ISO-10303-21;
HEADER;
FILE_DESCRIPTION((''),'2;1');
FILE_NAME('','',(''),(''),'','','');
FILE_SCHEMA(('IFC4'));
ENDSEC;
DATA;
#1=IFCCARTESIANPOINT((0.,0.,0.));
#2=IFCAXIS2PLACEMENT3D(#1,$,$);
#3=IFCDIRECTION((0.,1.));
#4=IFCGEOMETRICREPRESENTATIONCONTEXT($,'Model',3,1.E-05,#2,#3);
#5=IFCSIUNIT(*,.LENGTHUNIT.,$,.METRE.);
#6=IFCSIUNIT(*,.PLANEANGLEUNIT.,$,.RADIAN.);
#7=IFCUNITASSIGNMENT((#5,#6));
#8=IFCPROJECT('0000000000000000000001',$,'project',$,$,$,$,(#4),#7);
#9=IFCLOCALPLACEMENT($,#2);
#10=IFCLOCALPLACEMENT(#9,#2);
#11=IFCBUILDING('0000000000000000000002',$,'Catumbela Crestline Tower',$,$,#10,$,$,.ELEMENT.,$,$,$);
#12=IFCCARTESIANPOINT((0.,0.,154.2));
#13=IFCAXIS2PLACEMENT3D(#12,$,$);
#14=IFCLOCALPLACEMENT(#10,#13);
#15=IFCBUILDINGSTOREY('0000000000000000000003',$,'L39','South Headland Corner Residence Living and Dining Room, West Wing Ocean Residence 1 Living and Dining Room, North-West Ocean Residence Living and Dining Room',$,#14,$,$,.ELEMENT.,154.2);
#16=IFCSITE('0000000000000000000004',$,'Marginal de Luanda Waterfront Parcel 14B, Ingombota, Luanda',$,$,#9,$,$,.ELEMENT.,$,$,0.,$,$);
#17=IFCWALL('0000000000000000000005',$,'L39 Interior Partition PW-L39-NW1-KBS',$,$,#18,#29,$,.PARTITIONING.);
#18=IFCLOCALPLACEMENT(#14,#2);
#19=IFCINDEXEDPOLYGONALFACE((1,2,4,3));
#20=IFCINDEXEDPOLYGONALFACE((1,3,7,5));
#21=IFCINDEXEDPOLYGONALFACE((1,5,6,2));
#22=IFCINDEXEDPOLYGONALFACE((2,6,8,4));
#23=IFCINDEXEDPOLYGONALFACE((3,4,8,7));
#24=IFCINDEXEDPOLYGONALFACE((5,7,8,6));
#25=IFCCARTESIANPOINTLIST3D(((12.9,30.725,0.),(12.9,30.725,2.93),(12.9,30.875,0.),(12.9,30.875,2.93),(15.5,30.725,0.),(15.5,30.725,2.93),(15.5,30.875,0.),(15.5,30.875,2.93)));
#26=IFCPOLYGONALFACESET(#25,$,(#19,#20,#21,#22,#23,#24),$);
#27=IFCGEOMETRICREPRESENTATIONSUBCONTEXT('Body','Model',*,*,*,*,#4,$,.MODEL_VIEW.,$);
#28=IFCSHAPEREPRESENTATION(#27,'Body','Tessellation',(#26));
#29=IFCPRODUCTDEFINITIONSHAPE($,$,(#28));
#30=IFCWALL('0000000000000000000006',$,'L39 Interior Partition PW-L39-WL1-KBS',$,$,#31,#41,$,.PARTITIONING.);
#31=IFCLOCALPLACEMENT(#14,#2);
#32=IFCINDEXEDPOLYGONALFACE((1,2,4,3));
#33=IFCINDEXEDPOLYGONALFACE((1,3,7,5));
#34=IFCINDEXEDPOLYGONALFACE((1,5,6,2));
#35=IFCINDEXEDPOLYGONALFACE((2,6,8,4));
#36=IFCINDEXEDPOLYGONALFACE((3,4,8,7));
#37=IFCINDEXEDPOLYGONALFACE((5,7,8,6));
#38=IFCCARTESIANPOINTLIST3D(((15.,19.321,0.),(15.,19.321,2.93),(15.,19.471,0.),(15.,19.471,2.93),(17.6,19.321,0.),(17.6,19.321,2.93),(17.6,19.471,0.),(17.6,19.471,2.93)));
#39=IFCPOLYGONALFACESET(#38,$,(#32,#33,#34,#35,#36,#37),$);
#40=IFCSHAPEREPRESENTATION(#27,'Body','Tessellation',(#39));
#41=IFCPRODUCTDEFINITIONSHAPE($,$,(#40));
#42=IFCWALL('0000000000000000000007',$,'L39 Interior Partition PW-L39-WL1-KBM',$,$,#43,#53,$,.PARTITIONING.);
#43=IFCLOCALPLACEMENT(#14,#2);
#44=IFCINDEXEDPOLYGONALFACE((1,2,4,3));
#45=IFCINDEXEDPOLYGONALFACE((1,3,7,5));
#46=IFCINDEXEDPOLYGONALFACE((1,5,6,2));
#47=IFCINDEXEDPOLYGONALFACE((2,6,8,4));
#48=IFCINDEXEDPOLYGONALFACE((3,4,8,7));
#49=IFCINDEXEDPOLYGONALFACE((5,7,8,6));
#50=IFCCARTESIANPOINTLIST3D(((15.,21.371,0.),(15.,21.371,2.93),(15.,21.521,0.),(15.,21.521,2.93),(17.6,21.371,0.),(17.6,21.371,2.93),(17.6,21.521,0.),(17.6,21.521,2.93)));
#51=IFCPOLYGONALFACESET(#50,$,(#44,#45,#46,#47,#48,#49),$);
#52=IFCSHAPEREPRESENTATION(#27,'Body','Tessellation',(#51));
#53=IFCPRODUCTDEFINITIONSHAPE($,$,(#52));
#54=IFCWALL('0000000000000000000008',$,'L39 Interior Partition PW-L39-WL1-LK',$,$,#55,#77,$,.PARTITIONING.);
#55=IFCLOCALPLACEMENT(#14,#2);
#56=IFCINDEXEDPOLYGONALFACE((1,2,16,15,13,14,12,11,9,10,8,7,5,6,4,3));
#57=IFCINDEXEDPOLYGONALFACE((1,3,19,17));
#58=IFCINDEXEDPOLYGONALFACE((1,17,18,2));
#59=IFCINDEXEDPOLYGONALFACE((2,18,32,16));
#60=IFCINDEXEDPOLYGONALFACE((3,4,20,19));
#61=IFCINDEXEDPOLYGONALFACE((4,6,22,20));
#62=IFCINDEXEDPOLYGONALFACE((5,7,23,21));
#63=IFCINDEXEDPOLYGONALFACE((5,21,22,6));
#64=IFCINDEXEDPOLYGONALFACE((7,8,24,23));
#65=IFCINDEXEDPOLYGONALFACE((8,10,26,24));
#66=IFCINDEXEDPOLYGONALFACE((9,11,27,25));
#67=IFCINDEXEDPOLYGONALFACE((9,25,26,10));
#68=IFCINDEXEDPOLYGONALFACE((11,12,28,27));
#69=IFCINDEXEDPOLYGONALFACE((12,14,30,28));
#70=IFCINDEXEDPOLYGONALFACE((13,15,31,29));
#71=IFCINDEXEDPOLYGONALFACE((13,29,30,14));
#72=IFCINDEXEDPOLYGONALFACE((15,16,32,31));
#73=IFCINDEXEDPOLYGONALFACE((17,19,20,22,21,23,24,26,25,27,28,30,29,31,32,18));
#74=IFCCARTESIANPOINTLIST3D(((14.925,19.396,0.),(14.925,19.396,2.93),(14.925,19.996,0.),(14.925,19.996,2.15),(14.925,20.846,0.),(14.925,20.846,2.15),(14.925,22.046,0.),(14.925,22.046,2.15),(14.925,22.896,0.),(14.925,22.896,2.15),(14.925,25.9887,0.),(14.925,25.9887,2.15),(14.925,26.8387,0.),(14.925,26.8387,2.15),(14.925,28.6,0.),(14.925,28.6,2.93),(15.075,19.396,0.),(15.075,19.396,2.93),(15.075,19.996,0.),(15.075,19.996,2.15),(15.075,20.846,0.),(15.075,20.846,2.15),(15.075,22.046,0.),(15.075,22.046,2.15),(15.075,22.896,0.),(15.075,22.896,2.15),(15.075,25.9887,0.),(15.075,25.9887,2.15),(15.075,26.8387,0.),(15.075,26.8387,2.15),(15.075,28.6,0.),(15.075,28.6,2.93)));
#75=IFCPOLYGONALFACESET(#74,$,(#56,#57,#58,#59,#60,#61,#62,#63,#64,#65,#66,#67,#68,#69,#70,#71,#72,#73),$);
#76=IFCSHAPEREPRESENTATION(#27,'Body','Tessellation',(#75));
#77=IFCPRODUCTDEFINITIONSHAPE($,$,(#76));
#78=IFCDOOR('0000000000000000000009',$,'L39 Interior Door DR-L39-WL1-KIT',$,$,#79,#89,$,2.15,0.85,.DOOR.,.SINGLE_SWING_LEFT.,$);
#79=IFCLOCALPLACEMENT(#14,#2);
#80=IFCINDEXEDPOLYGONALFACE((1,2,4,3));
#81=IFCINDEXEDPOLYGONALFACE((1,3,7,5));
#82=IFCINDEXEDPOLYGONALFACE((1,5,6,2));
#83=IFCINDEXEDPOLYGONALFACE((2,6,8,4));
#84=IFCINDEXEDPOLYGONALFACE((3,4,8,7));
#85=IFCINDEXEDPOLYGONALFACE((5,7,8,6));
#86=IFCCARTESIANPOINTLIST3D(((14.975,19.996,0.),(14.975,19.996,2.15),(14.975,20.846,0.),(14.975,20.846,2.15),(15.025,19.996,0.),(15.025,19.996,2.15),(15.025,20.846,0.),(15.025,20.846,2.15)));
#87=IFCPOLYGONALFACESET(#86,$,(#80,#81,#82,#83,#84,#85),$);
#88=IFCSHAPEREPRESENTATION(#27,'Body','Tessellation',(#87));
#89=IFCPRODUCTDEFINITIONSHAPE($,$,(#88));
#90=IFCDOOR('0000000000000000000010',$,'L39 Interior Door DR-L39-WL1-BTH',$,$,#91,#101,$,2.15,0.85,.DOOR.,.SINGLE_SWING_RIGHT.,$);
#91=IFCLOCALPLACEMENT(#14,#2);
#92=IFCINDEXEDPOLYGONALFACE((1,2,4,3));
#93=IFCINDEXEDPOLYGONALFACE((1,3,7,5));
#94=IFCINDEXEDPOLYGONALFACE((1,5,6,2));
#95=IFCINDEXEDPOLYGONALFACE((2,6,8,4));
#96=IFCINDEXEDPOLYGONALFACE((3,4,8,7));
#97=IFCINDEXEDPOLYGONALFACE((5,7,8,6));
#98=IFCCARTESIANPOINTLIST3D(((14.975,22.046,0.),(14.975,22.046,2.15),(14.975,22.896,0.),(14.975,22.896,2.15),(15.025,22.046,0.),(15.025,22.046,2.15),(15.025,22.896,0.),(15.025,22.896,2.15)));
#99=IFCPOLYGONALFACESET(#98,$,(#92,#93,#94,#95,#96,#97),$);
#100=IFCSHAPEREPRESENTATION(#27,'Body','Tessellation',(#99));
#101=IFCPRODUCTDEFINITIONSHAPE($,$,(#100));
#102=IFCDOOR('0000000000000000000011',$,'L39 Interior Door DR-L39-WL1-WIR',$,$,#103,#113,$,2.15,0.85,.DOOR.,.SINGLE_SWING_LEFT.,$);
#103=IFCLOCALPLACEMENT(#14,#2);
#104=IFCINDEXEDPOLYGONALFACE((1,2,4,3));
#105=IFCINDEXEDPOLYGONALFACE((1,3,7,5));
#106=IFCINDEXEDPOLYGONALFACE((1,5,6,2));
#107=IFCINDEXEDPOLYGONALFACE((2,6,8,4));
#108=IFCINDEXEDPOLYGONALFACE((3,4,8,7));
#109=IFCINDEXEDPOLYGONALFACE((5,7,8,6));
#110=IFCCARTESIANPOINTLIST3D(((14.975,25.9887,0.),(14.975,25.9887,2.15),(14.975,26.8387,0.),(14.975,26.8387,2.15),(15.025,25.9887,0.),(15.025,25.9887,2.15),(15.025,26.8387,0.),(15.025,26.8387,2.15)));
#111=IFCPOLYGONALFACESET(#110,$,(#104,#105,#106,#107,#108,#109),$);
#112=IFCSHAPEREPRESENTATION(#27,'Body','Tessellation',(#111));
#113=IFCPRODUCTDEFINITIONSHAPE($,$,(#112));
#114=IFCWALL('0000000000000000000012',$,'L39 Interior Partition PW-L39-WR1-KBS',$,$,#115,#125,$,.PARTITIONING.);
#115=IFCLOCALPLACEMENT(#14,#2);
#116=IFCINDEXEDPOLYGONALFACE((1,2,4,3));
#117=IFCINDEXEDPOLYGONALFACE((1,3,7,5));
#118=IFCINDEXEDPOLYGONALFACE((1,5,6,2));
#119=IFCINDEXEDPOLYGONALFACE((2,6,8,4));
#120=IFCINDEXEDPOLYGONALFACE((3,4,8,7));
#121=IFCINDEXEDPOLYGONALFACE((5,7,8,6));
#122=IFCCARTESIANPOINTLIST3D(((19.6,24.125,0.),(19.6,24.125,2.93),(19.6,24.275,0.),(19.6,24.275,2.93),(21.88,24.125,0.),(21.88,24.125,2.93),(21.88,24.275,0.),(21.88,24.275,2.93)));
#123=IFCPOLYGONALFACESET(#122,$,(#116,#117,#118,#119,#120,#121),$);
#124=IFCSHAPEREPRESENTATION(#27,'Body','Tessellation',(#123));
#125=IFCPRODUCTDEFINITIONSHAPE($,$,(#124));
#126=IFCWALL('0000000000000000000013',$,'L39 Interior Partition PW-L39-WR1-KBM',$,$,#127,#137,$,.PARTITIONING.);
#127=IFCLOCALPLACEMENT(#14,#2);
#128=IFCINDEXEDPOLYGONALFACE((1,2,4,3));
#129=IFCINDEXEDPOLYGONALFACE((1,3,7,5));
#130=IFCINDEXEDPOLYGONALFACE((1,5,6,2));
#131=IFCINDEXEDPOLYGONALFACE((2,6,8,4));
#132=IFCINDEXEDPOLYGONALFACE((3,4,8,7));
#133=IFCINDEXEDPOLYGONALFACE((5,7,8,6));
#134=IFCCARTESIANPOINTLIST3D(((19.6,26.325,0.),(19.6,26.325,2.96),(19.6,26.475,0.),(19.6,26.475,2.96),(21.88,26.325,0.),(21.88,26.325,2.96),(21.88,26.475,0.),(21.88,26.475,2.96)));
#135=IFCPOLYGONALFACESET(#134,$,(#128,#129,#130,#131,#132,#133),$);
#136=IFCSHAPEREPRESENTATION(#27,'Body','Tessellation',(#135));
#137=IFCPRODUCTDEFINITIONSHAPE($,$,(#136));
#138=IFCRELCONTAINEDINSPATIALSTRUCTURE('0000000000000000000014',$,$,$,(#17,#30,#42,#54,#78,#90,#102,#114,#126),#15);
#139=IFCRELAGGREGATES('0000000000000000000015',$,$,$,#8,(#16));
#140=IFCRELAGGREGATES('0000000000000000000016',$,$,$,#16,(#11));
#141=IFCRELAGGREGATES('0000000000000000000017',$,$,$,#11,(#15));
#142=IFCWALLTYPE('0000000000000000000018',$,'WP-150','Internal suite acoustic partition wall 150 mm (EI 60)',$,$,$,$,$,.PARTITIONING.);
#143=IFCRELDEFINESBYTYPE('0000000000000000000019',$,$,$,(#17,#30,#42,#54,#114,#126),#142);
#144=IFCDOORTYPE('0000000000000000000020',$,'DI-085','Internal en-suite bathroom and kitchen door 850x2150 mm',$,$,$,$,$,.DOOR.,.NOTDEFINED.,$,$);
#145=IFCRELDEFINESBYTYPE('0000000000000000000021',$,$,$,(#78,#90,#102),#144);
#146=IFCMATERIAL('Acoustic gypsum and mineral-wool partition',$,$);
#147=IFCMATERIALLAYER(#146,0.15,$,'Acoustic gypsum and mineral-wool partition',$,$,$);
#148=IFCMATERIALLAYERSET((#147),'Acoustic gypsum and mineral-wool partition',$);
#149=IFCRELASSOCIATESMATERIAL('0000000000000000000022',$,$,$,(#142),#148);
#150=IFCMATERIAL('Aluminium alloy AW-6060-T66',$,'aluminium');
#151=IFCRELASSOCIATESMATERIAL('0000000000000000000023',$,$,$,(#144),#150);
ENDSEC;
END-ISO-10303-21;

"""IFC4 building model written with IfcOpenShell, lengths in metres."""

from ifc_helpers import new_model, si_unit, direction, frame, frame_2d, origin, place, context, subcontext, project, spatial, rectangle, extrude, material, layer, layer_set, type_object, element, fill, save


model = new_model("IFC4")

# Units and contexts
model_context = context("Model", 3, precision=1e-05, world=origin(), true_north=direction((0.0, 1.0)))
body_context = subcontext(model_context, "Body", "Model", "MODEL_VIEW")
ifc_project = project(units=[si_unit("LENGTHUNIT", "METRE"), si_unit("PLANEANGLEUNIT", "RADIAN")], contexts=[model_context])

# Site, building, storey
site_placement = place(None, origin())
site = spatial("IfcSite", under=ifc_project, at=site_placement, Name="Marginal de Luanda Waterfront Parcel 14B, Ingombota, Luanda", CompositionType="ELEMENT", RefElevation=0.0)
building_placement = place(site_placement, origin())
building = spatial("IfcBuilding", under=site, at=building_placement, Name="Catumbela Crestline Tower", CompositionType="ELEMENT")
storey_placement = place(building_placement, frame((0.0, 0.0, 154.2)))
storey = spatial("IfcBuildingStorey", under=building, at=storey_placement, Name="L39", Description="South Headland Corner Residence Living and Dining Room, West Wing Ocean Residence 1 Living and Dining Room, North-West Ocean Residence Living and Dining Room", CompositionType="ELEMENT", Elevation=154.2)

# Shared definitions
ifc_material_1 = material(Name="Acoustic gypsum and mineral-wool partition")

# Shared definitions
ifc_material_2 = material(Name="Aluminium alloy AW-6060-T66", Category="aluminium")

# Walls
ifc_layer_1 = layer(ifc_material_1, 0.15, Name="Acoustic gypsum and mineral-wool partition")
ifc_layer_set_1 = layer_set([ifc_layer_1], Name="Acoustic gypsum and mineral-wool partition")
wall_type_1 = type_object("IfcWallType", Name="WP-150", Description="Internal suite acoustic partition wall 150 mm (EI 60)", PredefinedType="PARTITIONING", material=ifc_layer_set_1)
for number, where, z_axis, x_axis, name in (
    (1, (12.9, 30.8, 0.0), (0.0, 0.0, 1.0), (1.0, 0.0, 0.0), "L39 Interior Partition PW-L39-NW1-KBS"),
    (2, (15.0, 19.396, 0.0), (0.0, 0.0, 1.0), (1.0, 0.0, 0.0), "L39 Interior Partition PW-L39-WL1-KBS"),
    (3, (15.0, 21.446, 0.0), (0.0, 0.0, 1.0), (1.0, 0.0, 0.0), "L39 Interior Partition PW-L39-WL1-KBM"),
):
    element("IfcWall", number, at=place(storey_placement, frame(where, z_axis=z_axis, x_axis=x_axis)), inside=storey, type_object=wall_type_1, Name=name, PredefinedType="PARTITIONING", context=body_context, shape_type="SweptSolid", body=[
        extrude(rectangle(XDim=2.6, YDim=0.15, at=frame_2d((1.3, 0.0))), origin(), (0.0, 0.0, 1.0), 2.93),
    ])

# Wall, openings, doors
wall_1_placement = place(storey_placement, frame((15.0, 19.396, 0.0), z_axis=(0.0, 0.0, 1.0), x_axis=(0.0, 1.0, 0.0)))
wall_1 = element("IfcWall", 4, at=wall_1_placement, inside=storey, type_object=wall_type_1, Name="L39 Interior Partition PW-L39-WL1-LK", PredefinedType="PARTITIONING", context=body_context, shape_type="SweptSolid", body=[
    extrude(rectangle(XDim=9.204, YDim=0.15, at=frame_2d((4.602, 0.0))), origin(), (0.0, 0.0, 1.0), 2.93),
])
opening_1_placement = place(wall_1_placement, frame((0.6, 0.0, 0.0)))
opening_1 = element("IfcOpeningElement", 5, at=opening_1_placement, cuts=wall_1, PredefinedType="OPENING", context=body_context, shape_type="SweptSolid", body=[
    extrude(rectangle(XDim=0.85, YDim=2.15, at=frame_2d((0.425, 1.075))), frame((0.0, 0.085, 0.0), z_axis=(0.0, -1.0, 0.0), x_axis=(1.0, 0.0, 0.0)), (0.0, 0.0, 1.0), 0.17),
])
opening_2_placement = place(wall_1_placement, frame((2.65, 0.0, 0.0)))
opening_2 = element("IfcOpeningElement", 6, at=opening_2_placement, cuts=wall_1, PredefinedType="OPENING", context=body_context, shape_type="SweptSolid", body=[
    extrude(rectangle(XDim=0.85, YDim=2.15, at=frame_2d((0.425, 1.075))), frame((0.0, 0.085, 0.0), z_axis=(0.0, -1.0, 0.0), x_axis=(1.0, 0.0, 0.0)), (0.0, 0.0, 1.0), 0.17),
])
opening_3_placement = place(wall_1_placement, frame((6.5927, 0.0, 0.0)))
opening_3 = element("IfcOpeningElement", 7, at=opening_3_placement, cuts=wall_1, PredefinedType="OPENING", context=body_context, shape_type="SweptSolid", body=[
    extrude(rectangle(XDim=0.85, YDim=2.15, at=frame_2d((0.425, 1.075))), frame((0.0, 0.085, 0.0), z_axis=(0.0, -1.0, 0.0), x_axis=(1.0, 0.0, 0.0)), (0.0, 0.0, 1.0), 0.17),
])
door_type_1 = type_object("IfcDoorType", Name="DI-085", Description="Internal en-suite bathroom and kitchen door 850x2150 mm", OperationType="NOTDEFINED", PredefinedType="DOOR", material=ifc_material_2)
door_1_placement = place(opening_1_placement, origin())
door_1 = element("IfcDoor", 8, at=door_1_placement, inside=storey, type_object=door_type_1, Name="L39 Interior Door DR-L39-WL1-KIT", OperationType="SINGLE_SWING_LEFT", OverallHeight=2.15, OverallWidth=0.85, PredefinedType="DOOR", context=body_context, shape_type="SweptSolid", body=[
    extrude(rectangle(XDim=0.85, YDim=2.15, at=frame_2d((0.425, 1.075))), frame((0.0, 0.025, 0.0), z_axis=(0.0, -1.0, 0.0), x_axis=(1.0, 0.0, 0.0)), (0.0, 0.0, 1.0), 0.05),
])
fill(opening_1, door_1)
door_2_placement = place(opening_2_placement, origin())
door_2 = element("IfcDoor", 9, at=door_2_placement, inside=storey, type_object=door_type_1, Name="L39 Interior Door DR-L39-WL1-BTH", OperationType="SINGLE_SWING_RIGHT", OverallHeight=2.15, OverallWidth=0.85, PredefinedType="DOOR", context=body_context, shape_type="SweptSolid", body=[
    extrude(rectangle(XDim=0.85, YDim=2.15, at=frame_2d((0.425, 1.075))), frame((0.0, 0.025, 0.0), z_axis=(0.0, -1.0, 0.0), x_axis=(1.0, 0.0, 0.0)), (0.0, 0.0, 1.0), 0.05),
])
fill(opening_2, door_2)
door_3_placement = place(opening_3_placement, origin())
door_3 = element("IfcDoor", 10, at=door_3_placement, inside=storey, type_object=door_type_1, Name="L39 Interior Door DR-L39-WL1-WIR", OperationType="SINGLE_SWING_LEFT", OverallHeight=2.15, OverallWidth=0.85, PredefinedType="DOOR", context=body_context, shape_type="SweptSolid", body=[
    extrude(rectangle(XDim=0.85, YDim=2.15, at=frame_2d((0.425, 1.075))), frame((0.0, 0.025, 0.0), z_axis=(0.0, -1.0, 0.0), x_axis=(1.0, 0.0, 0.0)), (0.0, 0.0, 1.0), 0.05),
])
fill(opening_3, door_3)

# Walls
wall_2_placement = place(storey_placement, frame((19.6, 24.2, 0.0), z_axis=(0.0, 0.0, 1.0), x_axis=(1.0, 0.0, 0.0)))
element("IfcWall", 11, at=wall_2_placement, inside=storey, type_object=wall_type_1, Name="L39 Interior Partition PW-L39-WR1-KBS", PredefinedType="PARTITIONING", context=body_context, shape_type="SweptSolid", body=[
    extrude(rectangle(XDim=2.28, YDim=0.15, at=frame_2d((1.14, 0.0))), origin(), (0.0, 0.0, 1.0), 2.93),
])
wall_3_placement = place(storey_placement, frame((19.6, 26.4, 0.0), z_axis=(0.0, 0.0, 1.0), x_axis=(1.0, 0.0, 0.0)))
element("IfcWall", 12, at=wall_3_placement, inside=storey, type_object=wall_type_1, Name="L39 Interior Partition PW-L39-WR1-KBM", PredefinedType="PARTITIONING", context=body_context, shape_type="SweptSolid", body=[
    extrude(rectangle(XDim=2.28, YDim=0.15, at=frame_2d((1.14, 0.0))), origin(), (0.0, 0.0, 1.0), 2.96),
])

save(model, "model.ifc")
